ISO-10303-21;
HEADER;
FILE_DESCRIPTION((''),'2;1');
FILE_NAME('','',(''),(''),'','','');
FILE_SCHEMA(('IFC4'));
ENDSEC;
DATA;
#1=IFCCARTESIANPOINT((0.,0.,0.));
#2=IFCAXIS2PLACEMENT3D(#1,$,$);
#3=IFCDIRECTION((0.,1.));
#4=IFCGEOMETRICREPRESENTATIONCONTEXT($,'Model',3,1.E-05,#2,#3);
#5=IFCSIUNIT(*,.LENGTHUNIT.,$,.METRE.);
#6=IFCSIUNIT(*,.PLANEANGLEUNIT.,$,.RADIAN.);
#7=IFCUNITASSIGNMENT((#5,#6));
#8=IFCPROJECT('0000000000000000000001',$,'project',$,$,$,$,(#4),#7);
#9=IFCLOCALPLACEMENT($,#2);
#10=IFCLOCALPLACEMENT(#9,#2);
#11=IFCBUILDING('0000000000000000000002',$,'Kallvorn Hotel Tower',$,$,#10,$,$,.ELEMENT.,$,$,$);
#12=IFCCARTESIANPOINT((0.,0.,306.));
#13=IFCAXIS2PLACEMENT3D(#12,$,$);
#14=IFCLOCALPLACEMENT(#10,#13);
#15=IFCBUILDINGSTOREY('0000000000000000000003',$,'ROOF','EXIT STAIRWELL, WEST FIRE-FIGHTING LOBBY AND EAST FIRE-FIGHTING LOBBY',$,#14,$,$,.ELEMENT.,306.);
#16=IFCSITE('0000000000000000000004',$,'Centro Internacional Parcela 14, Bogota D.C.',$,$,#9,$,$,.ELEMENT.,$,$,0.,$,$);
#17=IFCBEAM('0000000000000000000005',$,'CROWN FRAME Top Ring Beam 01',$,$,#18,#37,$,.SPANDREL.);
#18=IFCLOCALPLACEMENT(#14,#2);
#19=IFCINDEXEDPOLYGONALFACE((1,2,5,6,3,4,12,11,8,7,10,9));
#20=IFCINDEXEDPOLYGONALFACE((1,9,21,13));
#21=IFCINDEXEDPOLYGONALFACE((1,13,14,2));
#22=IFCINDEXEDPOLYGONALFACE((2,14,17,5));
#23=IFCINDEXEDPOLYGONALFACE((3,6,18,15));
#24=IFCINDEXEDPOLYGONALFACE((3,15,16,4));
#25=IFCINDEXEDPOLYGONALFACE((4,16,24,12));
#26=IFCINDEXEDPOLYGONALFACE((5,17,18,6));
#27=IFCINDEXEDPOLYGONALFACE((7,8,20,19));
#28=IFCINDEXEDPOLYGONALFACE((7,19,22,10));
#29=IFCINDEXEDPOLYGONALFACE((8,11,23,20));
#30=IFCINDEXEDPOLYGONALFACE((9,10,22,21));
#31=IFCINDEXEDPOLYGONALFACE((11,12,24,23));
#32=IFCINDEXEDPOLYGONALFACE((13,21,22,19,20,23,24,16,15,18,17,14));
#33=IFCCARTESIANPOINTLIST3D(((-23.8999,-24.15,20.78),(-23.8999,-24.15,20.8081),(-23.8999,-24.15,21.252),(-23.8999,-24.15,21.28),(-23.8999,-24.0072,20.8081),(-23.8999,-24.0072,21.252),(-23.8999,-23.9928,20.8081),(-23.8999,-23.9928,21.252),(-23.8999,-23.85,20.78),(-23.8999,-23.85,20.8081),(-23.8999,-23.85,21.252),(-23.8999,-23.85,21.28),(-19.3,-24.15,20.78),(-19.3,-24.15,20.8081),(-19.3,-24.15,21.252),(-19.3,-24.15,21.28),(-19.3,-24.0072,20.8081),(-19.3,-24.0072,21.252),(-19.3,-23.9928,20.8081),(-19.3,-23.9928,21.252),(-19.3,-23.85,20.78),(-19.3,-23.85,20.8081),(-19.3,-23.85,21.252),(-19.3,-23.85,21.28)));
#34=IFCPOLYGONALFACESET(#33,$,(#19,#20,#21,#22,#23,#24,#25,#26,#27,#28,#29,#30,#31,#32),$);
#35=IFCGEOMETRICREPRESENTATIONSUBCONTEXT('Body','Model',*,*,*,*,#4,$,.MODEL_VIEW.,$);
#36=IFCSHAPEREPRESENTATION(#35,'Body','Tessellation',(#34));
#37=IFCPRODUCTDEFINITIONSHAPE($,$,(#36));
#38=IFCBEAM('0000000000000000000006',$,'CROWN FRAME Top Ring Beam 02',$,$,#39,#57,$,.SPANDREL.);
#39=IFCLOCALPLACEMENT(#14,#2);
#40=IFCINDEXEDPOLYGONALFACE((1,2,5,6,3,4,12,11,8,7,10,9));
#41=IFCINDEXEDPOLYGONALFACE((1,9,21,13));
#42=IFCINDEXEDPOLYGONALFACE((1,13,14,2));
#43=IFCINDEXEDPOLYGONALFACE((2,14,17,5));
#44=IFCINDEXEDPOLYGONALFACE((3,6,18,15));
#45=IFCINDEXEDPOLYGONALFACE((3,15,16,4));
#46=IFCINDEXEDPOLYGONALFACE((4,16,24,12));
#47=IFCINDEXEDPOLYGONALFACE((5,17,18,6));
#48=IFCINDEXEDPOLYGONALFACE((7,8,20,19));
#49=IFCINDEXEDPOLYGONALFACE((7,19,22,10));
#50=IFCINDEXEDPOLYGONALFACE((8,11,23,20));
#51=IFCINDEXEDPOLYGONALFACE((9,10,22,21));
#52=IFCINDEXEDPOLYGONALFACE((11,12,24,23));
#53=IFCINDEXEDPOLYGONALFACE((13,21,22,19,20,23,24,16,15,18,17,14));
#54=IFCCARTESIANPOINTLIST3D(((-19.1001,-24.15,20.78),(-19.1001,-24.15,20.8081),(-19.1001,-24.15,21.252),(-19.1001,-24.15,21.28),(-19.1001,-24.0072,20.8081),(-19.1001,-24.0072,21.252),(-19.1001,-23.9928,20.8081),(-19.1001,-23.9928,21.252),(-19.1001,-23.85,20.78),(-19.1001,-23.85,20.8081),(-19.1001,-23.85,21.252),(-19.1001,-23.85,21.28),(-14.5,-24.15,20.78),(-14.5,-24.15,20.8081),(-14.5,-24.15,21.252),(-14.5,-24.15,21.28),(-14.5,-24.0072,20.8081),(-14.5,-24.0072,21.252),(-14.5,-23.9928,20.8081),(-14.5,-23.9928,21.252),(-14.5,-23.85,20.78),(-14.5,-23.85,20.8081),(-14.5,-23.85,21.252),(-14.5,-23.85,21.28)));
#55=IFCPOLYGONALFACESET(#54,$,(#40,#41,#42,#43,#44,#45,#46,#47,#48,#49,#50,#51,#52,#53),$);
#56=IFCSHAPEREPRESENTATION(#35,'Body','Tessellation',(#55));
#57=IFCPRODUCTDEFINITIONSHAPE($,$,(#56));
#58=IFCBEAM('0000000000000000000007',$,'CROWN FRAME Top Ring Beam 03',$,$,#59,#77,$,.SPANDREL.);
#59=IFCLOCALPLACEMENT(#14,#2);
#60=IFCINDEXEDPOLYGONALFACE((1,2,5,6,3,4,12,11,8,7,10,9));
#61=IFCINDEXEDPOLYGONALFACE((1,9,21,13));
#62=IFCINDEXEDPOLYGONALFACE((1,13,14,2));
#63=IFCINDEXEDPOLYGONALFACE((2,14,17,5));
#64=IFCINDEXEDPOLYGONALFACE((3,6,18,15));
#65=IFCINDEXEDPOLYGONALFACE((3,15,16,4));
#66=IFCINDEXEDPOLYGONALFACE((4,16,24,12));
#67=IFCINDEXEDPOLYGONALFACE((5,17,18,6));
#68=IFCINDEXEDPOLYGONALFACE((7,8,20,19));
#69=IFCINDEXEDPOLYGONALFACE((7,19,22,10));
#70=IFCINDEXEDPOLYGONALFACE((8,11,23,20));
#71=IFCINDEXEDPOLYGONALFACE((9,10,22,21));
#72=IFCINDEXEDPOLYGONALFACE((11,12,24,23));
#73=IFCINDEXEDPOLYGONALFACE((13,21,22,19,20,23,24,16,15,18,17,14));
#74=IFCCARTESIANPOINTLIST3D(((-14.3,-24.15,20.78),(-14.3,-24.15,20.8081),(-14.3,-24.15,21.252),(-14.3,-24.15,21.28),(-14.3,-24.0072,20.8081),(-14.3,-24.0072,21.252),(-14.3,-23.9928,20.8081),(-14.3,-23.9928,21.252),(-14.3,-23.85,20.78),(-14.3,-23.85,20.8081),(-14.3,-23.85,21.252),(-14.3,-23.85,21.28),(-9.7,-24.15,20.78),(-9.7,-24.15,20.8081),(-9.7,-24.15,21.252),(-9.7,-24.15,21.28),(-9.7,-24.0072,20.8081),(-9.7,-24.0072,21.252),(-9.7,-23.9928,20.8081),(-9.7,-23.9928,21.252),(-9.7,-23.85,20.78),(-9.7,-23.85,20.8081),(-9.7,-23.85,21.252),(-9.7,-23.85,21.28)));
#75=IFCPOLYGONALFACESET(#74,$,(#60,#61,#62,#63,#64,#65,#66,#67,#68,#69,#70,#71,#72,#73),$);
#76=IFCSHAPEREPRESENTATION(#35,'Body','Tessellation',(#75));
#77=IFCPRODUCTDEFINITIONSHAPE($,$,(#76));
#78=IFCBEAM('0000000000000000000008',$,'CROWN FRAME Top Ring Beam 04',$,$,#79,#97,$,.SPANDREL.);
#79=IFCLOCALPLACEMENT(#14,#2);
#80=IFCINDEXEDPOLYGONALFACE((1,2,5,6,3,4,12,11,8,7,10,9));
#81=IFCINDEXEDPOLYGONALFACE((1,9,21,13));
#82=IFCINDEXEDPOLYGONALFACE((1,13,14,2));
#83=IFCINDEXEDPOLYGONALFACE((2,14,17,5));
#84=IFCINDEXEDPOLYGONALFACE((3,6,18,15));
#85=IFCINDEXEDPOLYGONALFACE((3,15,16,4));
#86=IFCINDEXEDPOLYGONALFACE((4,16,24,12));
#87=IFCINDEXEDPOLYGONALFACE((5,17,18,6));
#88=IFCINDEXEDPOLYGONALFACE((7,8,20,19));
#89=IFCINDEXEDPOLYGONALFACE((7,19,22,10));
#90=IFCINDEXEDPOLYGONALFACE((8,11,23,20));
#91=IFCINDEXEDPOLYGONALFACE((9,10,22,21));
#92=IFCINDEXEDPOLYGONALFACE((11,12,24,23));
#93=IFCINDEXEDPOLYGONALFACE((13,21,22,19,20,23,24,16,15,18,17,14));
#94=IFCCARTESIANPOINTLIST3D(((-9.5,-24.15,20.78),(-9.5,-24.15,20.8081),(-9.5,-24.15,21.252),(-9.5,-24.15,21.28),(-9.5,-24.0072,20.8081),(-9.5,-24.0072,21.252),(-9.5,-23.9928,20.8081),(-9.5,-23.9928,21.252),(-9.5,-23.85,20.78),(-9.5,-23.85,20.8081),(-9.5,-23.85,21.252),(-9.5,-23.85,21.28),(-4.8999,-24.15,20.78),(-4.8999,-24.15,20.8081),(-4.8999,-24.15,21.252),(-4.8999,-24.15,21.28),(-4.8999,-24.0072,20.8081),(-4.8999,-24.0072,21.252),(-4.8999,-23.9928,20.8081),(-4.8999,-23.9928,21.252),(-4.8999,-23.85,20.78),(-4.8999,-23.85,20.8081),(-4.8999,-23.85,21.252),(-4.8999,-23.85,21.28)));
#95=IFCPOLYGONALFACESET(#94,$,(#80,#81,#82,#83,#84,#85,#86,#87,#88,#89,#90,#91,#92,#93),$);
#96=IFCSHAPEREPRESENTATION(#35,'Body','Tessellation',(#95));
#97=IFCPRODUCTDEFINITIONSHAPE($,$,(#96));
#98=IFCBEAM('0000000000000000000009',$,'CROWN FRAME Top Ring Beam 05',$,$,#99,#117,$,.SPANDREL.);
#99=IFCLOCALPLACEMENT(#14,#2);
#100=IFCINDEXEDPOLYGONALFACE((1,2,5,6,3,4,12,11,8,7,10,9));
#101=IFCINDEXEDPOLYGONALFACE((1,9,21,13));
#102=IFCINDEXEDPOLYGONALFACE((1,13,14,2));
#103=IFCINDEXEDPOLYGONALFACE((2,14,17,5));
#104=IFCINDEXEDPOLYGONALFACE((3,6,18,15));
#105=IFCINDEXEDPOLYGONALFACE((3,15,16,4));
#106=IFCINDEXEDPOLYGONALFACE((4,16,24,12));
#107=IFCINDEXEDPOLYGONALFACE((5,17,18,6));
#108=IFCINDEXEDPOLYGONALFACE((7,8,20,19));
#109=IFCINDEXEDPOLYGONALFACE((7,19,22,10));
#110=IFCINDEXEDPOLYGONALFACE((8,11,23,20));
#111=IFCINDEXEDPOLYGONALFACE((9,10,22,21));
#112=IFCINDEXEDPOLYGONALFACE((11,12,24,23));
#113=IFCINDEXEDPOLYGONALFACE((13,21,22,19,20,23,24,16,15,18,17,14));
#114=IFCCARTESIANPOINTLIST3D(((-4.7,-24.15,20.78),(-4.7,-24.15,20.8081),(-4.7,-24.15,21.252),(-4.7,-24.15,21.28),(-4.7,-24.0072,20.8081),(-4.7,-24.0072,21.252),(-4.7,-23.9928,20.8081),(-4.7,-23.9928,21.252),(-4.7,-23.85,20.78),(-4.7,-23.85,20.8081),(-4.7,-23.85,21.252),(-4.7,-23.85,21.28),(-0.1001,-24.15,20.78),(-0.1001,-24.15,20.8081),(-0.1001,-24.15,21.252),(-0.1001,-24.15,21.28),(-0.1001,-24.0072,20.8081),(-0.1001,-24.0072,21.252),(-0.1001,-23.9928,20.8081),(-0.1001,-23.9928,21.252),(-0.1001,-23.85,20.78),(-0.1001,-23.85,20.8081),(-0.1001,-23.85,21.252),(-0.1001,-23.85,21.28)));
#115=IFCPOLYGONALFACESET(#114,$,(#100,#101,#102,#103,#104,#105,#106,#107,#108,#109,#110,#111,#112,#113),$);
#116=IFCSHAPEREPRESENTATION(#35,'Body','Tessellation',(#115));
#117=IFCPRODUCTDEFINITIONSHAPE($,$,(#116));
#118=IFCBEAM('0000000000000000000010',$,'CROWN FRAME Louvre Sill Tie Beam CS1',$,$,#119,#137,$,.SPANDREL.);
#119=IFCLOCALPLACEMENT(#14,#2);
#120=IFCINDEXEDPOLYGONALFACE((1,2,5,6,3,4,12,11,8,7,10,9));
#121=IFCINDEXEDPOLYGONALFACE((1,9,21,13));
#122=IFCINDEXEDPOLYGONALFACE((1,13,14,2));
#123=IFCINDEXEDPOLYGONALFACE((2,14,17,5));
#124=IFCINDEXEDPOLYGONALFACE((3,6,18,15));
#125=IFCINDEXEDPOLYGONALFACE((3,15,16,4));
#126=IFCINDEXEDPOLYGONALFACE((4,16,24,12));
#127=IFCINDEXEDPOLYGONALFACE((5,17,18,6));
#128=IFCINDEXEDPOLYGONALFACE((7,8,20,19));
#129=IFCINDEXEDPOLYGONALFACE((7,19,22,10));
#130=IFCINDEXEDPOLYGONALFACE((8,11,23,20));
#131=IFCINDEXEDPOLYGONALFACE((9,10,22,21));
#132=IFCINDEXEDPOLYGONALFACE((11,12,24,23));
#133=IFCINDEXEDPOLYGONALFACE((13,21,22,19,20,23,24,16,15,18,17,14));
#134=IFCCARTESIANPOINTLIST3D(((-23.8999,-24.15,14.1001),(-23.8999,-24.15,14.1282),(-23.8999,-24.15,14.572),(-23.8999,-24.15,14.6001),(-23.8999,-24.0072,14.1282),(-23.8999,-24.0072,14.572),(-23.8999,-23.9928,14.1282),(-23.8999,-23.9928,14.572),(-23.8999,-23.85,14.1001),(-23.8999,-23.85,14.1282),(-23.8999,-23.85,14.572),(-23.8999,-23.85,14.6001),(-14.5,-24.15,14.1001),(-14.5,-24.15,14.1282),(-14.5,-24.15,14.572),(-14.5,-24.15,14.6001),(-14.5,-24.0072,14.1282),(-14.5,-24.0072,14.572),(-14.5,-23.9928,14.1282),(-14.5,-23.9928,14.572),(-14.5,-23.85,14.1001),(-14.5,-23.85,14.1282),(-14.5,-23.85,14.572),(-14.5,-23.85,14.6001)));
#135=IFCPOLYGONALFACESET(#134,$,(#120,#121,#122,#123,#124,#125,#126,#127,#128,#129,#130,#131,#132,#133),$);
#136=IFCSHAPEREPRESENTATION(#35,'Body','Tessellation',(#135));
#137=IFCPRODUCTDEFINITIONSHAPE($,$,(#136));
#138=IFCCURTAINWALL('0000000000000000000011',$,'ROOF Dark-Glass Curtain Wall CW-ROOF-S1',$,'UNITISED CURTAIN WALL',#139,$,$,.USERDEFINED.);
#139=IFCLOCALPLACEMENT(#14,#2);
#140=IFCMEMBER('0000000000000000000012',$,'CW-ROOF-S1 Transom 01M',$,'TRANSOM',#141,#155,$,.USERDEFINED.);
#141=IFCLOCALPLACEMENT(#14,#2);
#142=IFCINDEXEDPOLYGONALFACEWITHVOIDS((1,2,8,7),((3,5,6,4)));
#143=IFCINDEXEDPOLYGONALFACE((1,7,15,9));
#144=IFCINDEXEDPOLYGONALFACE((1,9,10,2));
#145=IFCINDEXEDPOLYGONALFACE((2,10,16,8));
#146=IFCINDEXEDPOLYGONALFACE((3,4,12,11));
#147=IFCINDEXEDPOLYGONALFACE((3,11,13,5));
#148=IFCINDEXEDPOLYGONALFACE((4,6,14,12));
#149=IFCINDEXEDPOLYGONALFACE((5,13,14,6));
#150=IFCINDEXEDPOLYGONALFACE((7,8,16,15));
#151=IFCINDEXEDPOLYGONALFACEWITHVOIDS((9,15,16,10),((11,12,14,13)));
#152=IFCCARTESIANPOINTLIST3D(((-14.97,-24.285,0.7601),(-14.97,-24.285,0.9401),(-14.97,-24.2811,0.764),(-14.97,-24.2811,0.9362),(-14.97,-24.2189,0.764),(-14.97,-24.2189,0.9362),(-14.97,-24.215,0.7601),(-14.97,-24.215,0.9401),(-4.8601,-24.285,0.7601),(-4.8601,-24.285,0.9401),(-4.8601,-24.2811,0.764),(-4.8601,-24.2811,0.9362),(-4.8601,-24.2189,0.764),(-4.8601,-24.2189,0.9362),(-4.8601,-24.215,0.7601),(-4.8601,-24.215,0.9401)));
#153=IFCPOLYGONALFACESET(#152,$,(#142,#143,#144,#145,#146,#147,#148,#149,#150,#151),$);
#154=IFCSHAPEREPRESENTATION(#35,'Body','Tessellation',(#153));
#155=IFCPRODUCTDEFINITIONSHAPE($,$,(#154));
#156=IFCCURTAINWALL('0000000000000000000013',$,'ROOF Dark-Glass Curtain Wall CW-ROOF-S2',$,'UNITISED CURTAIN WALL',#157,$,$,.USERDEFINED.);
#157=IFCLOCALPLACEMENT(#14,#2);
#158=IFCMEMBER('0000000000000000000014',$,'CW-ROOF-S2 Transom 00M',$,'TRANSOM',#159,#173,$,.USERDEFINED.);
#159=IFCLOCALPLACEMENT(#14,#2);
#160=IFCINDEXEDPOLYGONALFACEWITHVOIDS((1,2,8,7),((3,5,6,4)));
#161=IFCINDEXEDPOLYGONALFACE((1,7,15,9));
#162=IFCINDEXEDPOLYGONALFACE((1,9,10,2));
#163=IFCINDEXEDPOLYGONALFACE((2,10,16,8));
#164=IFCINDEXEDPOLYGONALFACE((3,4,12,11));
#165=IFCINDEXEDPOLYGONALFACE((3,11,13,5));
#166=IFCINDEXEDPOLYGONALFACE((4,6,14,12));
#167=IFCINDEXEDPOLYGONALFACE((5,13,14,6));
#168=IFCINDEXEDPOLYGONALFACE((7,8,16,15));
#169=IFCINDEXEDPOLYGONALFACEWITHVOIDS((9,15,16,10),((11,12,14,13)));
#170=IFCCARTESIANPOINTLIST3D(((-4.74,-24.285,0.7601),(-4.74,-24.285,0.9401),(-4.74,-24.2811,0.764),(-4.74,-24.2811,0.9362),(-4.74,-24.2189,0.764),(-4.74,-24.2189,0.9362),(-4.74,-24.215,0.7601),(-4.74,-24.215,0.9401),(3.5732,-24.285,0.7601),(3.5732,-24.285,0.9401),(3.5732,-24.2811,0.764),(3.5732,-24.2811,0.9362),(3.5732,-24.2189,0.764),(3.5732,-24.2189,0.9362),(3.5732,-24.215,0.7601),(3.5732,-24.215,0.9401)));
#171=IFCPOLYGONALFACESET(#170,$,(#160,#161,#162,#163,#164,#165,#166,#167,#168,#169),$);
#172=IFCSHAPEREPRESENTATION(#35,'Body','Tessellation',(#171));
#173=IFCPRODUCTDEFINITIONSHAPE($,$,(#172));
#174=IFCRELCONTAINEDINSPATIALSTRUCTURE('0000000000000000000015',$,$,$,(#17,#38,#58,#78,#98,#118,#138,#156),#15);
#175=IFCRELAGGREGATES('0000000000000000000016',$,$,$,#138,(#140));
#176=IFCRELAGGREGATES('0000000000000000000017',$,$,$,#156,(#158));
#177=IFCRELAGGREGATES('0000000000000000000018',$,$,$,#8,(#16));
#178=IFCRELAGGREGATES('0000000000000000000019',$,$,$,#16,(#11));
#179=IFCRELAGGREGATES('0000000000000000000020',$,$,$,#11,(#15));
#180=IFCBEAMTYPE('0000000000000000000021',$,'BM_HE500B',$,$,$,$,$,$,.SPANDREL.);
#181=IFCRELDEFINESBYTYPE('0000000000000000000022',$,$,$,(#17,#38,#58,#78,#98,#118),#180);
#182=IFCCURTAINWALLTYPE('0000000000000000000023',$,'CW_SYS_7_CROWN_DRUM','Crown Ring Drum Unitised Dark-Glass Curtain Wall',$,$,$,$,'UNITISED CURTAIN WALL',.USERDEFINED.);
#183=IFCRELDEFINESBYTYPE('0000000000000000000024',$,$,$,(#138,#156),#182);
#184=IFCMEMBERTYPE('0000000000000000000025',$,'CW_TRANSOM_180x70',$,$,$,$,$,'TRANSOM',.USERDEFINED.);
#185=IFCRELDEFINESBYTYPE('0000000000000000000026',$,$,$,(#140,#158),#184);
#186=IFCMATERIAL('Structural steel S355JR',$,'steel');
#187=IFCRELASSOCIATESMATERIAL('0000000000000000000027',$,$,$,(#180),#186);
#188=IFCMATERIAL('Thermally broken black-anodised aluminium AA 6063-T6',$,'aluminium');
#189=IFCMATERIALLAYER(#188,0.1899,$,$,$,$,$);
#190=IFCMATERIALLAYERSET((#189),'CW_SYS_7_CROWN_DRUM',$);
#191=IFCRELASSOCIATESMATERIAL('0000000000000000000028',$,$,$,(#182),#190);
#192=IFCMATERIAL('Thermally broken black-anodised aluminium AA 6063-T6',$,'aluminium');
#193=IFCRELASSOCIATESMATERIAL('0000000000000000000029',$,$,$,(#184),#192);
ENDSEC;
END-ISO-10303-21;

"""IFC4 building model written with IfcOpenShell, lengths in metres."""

from ifc_helpers import new_model, si_unit, direction, frame, origin, origin_2d, place, context, subcontext, project, spatial, hollow_rectangle, i_section, extrude, material, layer, layer_set, material_profile, profile_set, type_object, element, aggregate, save


model = new_model("IFC4")

# Units and contexts
model_context = context("Model", 3, precision=1e-05, world=origin(), true_north=direction((0.0, 1.0)))
body_context = subcontext(model_context, "Body", "Model", "MODEL_VIEW")
ifc_project = project(units=[si_unit("LENGTHUNIT", "METRE"), si_unit("PLANEANGLEUNIT", "RADIAN")], contexts=[model_context])

# Site, building, storey
site_placement = place(None, origin())
site = spatial("IfcSite", under=ifc_project, at=site_placement, Name="Centro Internacional Parcela 14, Bogota D.C.", CompositionType="ELEMENT", RefElevation=0.0)
building_placement = place(site_placement, origin())
building = spatial("IfcBuilding", under=site, at=building_placement, Name="Kallvorn Hotel Tower", CompositionType="ELEMENT")
storey_placement = place(building_placement, frame((0.0, 0.0, 306.0)))
storey = spatial("IfcBuildingStorey", under=building, at=storey_placement, Name="ROOF", Description="EXIT STAIRWELL, WEST FIRE-FIGHTING LOBBY AND EAST FIRE-FIGHTING LOBBY", CompositionType="ELEMENT", Elevation=306.0)

# Beams
ifc_material_1 = material(Name="Structural steel S355JR", Category="steel")
ifc_material_profile_1 = material_profile(ifc_material_1, i_section(OverallWidth=0.3, OverallDepth=0.5, WebThickness=0.0144, FlangeThickness=0.0281, at=origin_2d()), Name="HE 500 B")
ifc_profile_set_1 = profile_set([ifc_material_profile_1], Name="Structural steel S355JR")
beam_type = type_object("IfcBeamType", Name="BM_HE500B", PredefinedType="SPANDREL", material=ifc_profile_set_1)
beam_1_placement = place(storey_placement, frame((-23.8999, -24.0, 21.03), z_axis=(1.0, 0.0, 0.0), x_axis=(0.0, 1.0, 0.0)))
element("IfcBeam", 1, at=beam_1_placement, inside=storey, type_object=beam_type, Name="CROWN FRAME Top Ring Beam 01", PredefinedType="SPANDREL", context=body_context, shape_type="SweptSolid", body=[
    extrude(i_section(OverallWidth=0.3, OverallDepth=0.5, WebThickness=0.0144, FlangeThickness=0.0281, at=origin_2d()), origin(), (0.0, 0.0, 1.0), 4.5999),
])
for number, where, z_axis, x_axis, name in (
    (2, (-19.1001, -24.0, 21.03), (1.0, 0.0, 0.0), (0.0, 1.0, 0.0), "CROWN FRAME Top Ring Beam 02"),
    (3, (-14.3, -24.0, 21.03), (1.0, 0.0, 0.0), (0.0, 1.0, 0.0), "CROWN FRAME Top Ring Beam 03"),
    (4, (-9.5, -24.0, 21.03), (1.0, 0.0, 0.0), (0.0, 1.0, 0.0), "CROWN FRAME Top Ring Beam 04"),
):
    element("IfcBeam", number, at=place(storey_placement, frame(where, z_axis=z_axis, x_axis=x_axis)), inside=storey, type_object=beam_type, Name=name, PredefinedType="SPANDREL", context=body_context, shape_type="SweptSolid", body=[
        extrude(i_section(OverallWidth=0.3, OverallDepth=0.5, WebThickness=0.0144, FlangeThickness=0.0281, at=origin_2d()), origin(), (0.0, 0.0, 1.0), 4.6001),
    ])
beam_2_placement = place(storey_placement, frame((-4.7, -24.0, 21.03), z_axis=(1.0, 0.0, 0.0), x_axis=(0.0, 1.0, 0.0)))
element("IfcBeam", 5, at=beam_2_placement, inside=storey, type_object=beam_type, Name="CROWN FRAME Top Ring Beam 05", PredefinedType="SPANDREL", context=body_context, shape_type="SweptSolid", body=[
    extrude(i_section(OverallWidth=0.3, OverallDepth=0.5, WebThickness=0.0144, FlangeThickness=0.0281, at=origin_2d()), origin(), (0.0, 0.0, 1.0), 4.5999),
])
beam_3_placement = place(storey_placement, frame((-23.8999, -24.0, 14.3501), z_axis=(1.0, 0.0, 0.0), x_axis=(0.0, 1.0, 0.0)))
element("IfcBeam", 6, at=beam_3_placement, inside=storey, type_object=beam_type, Name="CROWN FRAME Louvre Sill Tie Beam CS1", PredefinedType="SPANDREL", context=body_context, shape_type="SweptSolid", body=[
    extrude(i_section(OverallWidth=0.3, OverallDepth=0.5, WebThickness=0.0144, FlangeThickness=0.0281, at=origin_2d()), origin(), (0.0, 0.0, 1.0), 9.3999),
])

# Curtain walls, members
ifc_material_2 = material(Name="Thermally broken black-anodised aluminium AA 6063-T6", Category="aluminium")
ifc_layer_1 = layer(ifc_material_2, 0.1899)
ifc_layer_set_1 = layer_set([ifc_layer_1], Name="CW_SYS_7_CROWN_DRUM")
curtain_wall_type = type_object("IfcCurtainWallType", Name="CW_SYS_7_CROWN_DRUM", Description="Crown Ring Drum Unitised Dark-Glass Curtain Wall", ElementType="UNITISED CURTAIN WALL", PredefinedType="USERDEFINED", material=ifc_layer_set_1)
curtain_wall_1_placement = place(storey_placement, origin())
curtain_wall_1 = element("IfcCurtainWall", 7, at=curtain_wall_1_placement, inside=storey, type_object=curtain_wall_type, Name="ROOF Dark-Glass Curtain Wall CW-ROOF-S1", ObjectType="UNITISED CURTAIN WALL", PredefinedType="USERDEFINED")
ifc_material_3 = material(Name="Thermally broken black-anodised aluminium AA 6063-T6", Category="aluminium")
ifc_material_profile_2 = material_profile(ifc_material_3, hollow_rectangle(XDim=0.0701, YDim=0.1799, WallThickness=0.0039, at=origin_2d()), Name="TRN 180x70")
ifc_profile_set_2 = profile_set([ifc_material_profile_2], Name="Thermally broken black-anodised aluminium AA 6063-T6")
member_type_1 = type_object("IfcMemberType", Name="CW_TRANSOM_180x70", ElementType="TRANSOM", PredefinedType="USERDEFINED", material=ifc_profile_set_2)
member_1_placement = place(storey_placement, frame((-14.97, -24.25, 0.8501), z_axis=(1.0, 0.0, 0.0), x_axis=(0.0, 1.0, 0.0)))
member_1 = element("IfcMember", 8, at=member_1_placement, type_object=member_type_1, Name="CW-ROOF-S1 Transom 01M", ObjectType="TRANSOM", PredefinedType="USERDEFINED", context=body_context, shape_type="SweptSolid", body=[
    extrude(hollow_rectangle(XDim=0.0701, YDim=0.1799, WallThickness=0.0039, at=origin_2d()), origin(), (0.0, 0.0, 1.0), 10.1099),
])
aggregate(curtain_wall_1, [member_1])
curtain_wall_2_placement = place(storey_placement, origin())
curtain_wall_2 = element("IfcCurtainWall", 9, at=curtain_wall_2_placement, inside=storey, type_object=curtain_wall_type, Name="ROOF Dark-Glass Curtain Wall CW-ROOF-S2", ObjectType="UNITISED CURTAIN WALL", PredefinedType="USERDEFINED")
member_2_placement = place(storey_placement, frame((-4.74, -24.25, 0.8501), z_axis=(1.0, 0.0, 0.0), x_axis=(0.0, 1.0, 0.0)))
member_2 = element("IfcMember", 10, at=member_2_placement, type_object=member_type_1, Name="CW-ROOF-S2 Transom 00M", ObjectType="TRANSOM", PredefinedType="USERDEFINED", context=body_context, shape_type="SweptSolid", body=[
    extrude(hollow_rectangle(XDim=0.0701, YDim=0.1799, WallThickness=0.0039, at=origin_2d()), origin(), (0.0, 0.0, 1.0), 8.3132),
])
aggregate(curtain_wall_2, [member_2])

save(model, "model.ifc")
